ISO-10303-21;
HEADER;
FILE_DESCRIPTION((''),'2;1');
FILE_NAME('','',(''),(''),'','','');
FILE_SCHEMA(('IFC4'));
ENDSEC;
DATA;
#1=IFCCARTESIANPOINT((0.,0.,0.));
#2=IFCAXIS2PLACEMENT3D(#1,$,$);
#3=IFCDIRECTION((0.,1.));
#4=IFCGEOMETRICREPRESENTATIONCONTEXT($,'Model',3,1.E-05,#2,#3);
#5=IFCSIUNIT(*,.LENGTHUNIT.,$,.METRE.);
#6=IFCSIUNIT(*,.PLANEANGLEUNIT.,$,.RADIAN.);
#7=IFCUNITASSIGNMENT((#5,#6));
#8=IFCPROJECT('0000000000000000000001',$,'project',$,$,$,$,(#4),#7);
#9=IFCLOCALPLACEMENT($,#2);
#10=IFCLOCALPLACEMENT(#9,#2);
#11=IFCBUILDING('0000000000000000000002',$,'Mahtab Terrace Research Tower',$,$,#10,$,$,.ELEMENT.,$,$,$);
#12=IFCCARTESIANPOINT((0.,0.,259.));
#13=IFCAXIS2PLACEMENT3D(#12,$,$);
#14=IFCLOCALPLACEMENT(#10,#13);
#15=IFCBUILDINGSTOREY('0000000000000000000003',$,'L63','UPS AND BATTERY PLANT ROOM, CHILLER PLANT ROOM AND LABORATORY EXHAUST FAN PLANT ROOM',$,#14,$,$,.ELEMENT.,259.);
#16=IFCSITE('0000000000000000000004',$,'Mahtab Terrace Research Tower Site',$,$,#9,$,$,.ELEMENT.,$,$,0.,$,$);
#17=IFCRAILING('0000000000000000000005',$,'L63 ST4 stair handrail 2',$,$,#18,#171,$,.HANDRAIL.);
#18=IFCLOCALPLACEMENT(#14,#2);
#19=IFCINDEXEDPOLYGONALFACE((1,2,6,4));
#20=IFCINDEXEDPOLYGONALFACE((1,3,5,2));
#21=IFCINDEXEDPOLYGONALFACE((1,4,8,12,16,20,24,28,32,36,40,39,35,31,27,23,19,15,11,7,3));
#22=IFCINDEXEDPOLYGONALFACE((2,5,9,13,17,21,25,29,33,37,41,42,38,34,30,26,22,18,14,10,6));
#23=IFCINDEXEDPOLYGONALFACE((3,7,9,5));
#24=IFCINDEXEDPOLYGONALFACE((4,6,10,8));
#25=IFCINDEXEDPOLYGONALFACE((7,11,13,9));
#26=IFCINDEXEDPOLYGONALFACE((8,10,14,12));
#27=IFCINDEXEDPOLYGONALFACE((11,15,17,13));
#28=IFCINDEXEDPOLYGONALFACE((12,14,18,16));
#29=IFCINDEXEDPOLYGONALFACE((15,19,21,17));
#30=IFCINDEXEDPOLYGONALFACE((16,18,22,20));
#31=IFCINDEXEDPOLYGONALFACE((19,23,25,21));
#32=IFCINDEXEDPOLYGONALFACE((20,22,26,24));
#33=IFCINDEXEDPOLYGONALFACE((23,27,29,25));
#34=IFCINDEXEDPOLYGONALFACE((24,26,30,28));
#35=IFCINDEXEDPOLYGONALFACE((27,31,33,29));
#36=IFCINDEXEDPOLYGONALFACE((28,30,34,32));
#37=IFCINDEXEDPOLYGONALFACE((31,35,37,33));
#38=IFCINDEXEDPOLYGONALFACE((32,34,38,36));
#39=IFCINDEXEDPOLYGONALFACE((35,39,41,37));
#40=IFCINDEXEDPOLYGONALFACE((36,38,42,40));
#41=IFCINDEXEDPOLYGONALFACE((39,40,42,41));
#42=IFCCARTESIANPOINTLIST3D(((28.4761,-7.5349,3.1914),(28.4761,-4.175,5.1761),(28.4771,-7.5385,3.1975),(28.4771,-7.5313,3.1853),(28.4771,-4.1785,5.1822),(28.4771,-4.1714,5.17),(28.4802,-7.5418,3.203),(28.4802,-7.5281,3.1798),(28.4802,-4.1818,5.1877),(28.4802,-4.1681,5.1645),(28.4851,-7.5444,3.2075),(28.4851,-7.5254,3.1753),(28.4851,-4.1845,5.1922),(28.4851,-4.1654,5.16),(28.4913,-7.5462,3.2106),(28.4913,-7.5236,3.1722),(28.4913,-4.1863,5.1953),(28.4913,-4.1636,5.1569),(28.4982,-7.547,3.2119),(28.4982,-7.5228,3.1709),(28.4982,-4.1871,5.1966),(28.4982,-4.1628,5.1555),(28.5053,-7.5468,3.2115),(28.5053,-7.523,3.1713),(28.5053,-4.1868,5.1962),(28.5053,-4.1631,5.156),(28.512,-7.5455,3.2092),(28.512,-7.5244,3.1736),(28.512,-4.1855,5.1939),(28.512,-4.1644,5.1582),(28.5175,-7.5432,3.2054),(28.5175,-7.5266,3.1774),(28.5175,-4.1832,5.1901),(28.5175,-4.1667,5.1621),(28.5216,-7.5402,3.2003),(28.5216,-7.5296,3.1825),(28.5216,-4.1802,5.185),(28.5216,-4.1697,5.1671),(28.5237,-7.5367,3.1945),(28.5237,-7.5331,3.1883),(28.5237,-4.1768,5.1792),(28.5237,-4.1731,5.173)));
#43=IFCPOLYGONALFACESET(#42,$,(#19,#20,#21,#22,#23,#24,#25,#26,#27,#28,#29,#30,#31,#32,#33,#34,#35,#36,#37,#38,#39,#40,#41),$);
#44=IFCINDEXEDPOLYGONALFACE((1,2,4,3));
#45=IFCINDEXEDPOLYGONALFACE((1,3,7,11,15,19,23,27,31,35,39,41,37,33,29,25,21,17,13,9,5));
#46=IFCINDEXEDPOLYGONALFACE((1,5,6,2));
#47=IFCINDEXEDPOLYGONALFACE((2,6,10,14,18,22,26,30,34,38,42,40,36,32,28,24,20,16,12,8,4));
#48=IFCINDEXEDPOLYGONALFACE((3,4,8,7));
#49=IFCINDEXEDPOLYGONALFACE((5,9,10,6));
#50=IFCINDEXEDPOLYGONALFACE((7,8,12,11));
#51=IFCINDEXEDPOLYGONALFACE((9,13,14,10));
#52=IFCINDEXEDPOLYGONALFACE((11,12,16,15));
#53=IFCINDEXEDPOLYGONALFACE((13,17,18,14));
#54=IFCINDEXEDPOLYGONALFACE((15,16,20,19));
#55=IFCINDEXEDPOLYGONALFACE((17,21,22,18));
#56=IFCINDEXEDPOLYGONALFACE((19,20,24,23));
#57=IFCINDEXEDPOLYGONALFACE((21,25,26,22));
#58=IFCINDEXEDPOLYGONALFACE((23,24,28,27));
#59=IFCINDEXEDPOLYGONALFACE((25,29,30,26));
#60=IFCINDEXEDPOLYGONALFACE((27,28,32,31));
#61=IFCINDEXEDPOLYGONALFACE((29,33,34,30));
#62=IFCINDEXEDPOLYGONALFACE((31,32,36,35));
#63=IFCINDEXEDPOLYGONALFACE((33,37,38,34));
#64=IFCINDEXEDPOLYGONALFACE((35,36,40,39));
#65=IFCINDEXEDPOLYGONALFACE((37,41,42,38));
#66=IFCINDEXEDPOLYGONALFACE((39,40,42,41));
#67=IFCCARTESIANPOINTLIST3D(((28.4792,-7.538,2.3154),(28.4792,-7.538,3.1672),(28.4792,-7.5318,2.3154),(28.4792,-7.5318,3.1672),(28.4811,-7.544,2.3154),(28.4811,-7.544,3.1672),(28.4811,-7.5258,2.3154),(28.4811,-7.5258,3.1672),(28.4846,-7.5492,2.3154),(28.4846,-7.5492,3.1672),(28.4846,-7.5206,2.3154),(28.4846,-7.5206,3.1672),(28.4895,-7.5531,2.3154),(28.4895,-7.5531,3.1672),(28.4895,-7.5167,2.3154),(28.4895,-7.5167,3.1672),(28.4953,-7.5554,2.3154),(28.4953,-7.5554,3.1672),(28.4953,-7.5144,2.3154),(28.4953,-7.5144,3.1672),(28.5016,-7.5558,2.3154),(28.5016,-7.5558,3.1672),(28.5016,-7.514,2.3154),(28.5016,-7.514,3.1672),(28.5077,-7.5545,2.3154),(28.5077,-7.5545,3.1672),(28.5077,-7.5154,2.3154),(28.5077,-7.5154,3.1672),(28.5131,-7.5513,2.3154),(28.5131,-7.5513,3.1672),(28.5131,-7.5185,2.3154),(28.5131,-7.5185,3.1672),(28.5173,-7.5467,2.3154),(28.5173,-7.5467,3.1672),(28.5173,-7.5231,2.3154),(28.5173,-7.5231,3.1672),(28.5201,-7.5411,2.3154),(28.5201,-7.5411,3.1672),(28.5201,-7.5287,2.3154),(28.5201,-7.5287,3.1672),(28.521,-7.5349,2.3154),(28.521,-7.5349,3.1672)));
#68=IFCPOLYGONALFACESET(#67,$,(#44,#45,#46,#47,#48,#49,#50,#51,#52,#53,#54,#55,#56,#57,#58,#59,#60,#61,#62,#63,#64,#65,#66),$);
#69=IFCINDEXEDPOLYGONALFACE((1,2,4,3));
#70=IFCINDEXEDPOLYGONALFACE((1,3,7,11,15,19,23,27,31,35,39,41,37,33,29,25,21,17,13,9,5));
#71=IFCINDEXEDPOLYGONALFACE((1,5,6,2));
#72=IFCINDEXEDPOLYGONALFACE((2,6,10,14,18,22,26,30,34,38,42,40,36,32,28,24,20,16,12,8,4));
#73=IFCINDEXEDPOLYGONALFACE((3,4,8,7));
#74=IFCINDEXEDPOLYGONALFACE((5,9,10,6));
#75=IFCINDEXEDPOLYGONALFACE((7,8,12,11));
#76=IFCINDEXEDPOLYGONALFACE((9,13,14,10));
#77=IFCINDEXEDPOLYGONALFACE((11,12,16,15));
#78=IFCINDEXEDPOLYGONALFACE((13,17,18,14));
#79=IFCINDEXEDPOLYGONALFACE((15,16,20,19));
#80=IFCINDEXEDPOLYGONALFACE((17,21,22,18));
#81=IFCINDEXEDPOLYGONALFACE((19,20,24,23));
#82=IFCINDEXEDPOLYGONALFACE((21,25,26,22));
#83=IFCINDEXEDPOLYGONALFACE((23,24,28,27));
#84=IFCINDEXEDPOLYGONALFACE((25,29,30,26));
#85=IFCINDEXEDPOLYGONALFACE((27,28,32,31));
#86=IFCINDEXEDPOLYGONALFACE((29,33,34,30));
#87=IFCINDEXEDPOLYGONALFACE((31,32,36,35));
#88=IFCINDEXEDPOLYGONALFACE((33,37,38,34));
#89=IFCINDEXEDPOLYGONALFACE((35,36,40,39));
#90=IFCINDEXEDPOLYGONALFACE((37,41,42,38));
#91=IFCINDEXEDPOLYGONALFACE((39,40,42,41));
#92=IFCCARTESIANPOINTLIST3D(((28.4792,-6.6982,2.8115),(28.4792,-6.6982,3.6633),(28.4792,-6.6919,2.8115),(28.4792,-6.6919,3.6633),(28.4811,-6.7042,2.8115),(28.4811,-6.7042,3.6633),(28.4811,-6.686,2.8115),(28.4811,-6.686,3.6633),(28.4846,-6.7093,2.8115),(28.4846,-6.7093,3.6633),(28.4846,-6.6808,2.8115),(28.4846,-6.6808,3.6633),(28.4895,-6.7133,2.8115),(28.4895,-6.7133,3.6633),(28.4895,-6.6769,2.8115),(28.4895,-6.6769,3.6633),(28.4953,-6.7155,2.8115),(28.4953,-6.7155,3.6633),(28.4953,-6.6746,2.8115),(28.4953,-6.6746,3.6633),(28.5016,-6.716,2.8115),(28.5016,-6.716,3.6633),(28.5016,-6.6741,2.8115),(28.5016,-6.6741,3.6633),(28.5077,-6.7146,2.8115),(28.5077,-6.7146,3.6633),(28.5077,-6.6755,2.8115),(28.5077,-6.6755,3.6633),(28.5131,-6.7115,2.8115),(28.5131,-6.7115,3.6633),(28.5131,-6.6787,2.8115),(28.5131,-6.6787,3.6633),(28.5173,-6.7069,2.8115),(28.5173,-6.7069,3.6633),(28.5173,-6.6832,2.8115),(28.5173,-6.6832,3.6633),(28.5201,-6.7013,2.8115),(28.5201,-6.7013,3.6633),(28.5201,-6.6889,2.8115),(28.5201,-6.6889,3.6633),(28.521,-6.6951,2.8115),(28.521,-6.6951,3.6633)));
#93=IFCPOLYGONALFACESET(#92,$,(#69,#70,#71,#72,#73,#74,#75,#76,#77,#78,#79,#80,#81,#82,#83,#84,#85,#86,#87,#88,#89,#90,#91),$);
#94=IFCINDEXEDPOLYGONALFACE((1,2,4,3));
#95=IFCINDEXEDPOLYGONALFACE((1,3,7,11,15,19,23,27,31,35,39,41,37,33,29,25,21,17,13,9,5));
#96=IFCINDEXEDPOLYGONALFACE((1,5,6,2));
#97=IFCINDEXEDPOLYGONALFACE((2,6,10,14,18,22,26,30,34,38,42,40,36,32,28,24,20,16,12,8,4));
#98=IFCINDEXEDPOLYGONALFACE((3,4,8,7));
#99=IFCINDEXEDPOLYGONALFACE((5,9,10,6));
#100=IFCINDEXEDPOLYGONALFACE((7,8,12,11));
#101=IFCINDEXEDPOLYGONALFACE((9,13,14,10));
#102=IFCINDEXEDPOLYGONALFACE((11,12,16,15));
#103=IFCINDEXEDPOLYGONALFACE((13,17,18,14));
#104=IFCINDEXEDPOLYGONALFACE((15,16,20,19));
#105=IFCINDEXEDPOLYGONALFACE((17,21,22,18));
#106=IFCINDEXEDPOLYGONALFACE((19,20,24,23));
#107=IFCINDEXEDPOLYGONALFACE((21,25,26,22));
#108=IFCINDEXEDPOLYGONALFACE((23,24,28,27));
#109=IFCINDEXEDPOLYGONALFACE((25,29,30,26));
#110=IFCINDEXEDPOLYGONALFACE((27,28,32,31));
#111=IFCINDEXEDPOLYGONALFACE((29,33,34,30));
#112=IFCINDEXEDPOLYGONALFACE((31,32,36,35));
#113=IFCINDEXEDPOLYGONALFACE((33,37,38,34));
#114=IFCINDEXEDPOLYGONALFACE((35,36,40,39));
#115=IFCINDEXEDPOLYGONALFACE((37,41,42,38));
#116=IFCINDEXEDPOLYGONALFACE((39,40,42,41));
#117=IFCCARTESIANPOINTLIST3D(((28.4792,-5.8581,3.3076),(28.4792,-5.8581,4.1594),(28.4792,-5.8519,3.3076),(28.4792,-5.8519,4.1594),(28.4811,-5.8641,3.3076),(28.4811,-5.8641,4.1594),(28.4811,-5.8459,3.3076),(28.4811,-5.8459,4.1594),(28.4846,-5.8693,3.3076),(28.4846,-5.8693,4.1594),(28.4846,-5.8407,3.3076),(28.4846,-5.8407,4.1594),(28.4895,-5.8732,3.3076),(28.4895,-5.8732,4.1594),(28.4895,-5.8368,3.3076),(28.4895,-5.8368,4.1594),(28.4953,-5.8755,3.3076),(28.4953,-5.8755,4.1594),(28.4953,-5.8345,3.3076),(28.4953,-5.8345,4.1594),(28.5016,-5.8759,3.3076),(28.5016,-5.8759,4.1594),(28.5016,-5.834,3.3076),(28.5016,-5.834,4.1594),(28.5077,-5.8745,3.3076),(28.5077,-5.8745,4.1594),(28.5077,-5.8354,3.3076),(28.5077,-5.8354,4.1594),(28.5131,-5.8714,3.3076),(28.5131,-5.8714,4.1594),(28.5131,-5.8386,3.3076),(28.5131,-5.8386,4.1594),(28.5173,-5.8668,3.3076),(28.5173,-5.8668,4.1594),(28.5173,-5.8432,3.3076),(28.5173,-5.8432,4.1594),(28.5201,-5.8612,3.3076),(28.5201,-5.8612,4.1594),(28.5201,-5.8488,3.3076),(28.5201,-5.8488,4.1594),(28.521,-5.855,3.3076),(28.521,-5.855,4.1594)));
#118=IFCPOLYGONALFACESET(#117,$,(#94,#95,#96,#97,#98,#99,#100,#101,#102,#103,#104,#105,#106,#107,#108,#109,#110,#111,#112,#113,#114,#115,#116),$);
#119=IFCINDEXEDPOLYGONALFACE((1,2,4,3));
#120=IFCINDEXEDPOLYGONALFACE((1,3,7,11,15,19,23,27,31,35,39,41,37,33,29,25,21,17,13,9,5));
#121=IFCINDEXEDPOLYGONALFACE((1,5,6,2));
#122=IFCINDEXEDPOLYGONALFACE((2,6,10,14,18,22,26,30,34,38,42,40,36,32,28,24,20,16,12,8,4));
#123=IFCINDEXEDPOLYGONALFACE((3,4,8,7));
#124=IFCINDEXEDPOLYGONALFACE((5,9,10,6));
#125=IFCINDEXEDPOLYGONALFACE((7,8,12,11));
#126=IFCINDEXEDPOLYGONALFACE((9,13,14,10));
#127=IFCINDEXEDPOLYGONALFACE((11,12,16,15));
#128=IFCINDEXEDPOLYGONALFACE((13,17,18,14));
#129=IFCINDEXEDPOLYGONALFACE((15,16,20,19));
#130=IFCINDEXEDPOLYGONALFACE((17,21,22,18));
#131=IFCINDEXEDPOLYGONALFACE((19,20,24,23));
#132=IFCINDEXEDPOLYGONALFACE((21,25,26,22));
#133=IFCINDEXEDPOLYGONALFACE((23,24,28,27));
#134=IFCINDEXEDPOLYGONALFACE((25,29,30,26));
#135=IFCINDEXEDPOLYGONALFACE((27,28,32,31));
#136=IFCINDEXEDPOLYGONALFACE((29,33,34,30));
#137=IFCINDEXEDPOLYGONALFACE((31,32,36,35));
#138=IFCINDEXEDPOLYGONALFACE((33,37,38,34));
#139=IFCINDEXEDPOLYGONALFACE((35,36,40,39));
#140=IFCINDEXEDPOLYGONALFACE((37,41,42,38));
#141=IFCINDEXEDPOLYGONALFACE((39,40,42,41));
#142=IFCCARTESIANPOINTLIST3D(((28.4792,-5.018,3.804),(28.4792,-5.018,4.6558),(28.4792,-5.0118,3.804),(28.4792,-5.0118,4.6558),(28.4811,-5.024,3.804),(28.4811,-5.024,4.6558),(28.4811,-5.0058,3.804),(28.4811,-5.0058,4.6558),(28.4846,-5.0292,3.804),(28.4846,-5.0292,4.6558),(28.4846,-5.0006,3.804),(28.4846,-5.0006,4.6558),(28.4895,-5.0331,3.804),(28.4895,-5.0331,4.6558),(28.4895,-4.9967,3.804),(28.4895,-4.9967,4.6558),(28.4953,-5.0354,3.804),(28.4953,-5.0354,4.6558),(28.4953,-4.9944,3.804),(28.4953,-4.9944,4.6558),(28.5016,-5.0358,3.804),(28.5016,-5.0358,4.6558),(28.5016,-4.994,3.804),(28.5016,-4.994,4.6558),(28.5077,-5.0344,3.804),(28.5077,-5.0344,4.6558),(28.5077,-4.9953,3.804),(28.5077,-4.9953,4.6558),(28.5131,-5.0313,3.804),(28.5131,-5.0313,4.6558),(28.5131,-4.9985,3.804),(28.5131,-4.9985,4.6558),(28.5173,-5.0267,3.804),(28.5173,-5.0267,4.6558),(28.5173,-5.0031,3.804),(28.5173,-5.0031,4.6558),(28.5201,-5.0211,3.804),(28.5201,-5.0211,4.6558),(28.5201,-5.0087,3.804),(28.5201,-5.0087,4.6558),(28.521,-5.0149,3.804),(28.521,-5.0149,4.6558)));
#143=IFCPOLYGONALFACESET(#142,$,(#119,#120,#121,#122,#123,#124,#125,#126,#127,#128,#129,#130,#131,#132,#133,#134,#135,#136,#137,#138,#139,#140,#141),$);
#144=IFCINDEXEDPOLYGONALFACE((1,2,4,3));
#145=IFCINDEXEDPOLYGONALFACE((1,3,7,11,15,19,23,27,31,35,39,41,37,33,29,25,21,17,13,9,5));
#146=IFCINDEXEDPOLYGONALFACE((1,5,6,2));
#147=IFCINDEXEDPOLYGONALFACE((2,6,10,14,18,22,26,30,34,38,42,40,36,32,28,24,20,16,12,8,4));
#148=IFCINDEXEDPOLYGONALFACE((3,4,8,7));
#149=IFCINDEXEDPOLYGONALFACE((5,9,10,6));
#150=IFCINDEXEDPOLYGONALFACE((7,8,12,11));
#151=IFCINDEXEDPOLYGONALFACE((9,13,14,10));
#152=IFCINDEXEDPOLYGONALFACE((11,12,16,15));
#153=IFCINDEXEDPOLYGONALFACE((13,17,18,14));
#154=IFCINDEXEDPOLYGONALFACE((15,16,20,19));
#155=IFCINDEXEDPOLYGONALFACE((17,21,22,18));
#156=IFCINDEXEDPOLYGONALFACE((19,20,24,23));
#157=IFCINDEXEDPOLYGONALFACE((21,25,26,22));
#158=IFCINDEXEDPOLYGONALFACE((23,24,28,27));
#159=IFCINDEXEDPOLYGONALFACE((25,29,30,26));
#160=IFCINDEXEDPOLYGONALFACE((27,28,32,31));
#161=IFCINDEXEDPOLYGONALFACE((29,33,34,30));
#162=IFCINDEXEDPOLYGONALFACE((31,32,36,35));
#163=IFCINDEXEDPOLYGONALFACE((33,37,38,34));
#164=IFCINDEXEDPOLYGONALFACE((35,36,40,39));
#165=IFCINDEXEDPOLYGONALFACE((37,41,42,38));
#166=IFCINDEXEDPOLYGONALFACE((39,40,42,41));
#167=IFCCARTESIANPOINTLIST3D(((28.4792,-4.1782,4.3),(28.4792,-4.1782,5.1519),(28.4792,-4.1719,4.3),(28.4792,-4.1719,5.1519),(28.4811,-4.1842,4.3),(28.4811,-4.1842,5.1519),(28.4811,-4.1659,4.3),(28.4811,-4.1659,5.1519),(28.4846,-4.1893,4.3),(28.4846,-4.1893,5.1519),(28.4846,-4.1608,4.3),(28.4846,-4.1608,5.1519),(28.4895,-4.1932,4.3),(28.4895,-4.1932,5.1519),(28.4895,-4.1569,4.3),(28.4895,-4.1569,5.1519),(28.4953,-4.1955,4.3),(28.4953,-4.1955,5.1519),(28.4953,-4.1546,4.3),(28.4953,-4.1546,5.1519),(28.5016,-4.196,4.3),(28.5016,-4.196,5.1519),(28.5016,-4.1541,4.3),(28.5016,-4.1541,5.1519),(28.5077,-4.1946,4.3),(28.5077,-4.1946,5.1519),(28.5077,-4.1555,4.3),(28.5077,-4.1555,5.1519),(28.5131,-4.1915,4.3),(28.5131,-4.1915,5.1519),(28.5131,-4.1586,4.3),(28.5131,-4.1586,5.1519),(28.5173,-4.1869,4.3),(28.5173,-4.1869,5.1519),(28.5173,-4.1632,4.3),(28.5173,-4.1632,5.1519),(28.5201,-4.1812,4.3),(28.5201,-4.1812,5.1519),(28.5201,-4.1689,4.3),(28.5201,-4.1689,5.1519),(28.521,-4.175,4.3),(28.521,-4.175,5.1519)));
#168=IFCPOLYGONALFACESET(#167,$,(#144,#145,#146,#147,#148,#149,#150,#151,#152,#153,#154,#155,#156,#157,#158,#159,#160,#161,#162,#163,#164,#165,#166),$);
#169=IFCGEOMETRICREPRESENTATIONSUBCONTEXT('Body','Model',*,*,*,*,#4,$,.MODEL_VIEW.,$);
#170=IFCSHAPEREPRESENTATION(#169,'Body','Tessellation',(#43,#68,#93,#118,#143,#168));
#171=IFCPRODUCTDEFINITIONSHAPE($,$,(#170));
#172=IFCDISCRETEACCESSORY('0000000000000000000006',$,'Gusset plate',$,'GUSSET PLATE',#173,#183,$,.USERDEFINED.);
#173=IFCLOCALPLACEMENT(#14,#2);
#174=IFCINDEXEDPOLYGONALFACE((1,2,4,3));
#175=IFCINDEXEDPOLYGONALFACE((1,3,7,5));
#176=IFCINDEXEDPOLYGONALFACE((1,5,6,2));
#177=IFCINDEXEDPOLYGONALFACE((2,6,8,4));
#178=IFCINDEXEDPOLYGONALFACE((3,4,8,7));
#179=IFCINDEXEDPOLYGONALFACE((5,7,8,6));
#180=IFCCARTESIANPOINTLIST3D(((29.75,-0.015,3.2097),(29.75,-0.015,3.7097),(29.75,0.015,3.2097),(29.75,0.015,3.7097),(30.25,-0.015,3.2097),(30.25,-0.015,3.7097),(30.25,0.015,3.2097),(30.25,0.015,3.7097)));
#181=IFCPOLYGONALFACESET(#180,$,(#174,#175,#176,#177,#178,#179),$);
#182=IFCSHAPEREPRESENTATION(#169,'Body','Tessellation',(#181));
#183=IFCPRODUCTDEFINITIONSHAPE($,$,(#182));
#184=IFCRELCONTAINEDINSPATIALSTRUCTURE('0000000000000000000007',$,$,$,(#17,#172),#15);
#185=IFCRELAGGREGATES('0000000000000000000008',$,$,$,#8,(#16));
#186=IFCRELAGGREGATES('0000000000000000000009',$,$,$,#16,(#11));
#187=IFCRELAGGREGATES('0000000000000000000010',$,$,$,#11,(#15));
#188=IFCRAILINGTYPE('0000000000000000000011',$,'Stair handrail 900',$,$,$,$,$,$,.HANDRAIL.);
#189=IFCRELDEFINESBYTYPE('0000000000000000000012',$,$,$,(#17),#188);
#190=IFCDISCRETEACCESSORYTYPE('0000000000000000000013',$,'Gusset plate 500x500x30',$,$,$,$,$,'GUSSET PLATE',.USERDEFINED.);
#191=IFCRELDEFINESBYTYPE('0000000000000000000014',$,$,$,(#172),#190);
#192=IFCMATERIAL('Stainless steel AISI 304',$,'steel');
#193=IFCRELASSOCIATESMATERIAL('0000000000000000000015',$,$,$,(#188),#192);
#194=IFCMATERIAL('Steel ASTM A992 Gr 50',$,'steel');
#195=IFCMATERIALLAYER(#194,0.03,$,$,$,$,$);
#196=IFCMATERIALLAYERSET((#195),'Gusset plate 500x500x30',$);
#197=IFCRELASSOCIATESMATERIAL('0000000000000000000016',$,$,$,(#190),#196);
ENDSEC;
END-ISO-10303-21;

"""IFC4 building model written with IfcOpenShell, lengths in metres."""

from ifc_helpers import new_model, si_unit, direction, frame, origin, origin_2d, place, context, subcontext, project, spatial, rectangle, circle, extrude, material, layer, layer_set, type_object, element, save


model = new_model("IFC4")

# Units and contexts
model_context = context("Model", 3, precision=1e-05, world=origin(), true_north=direction((0.0, 1.0)))
body_context = subcontext(model_context, "Body", "Model", "MODEL_VIEW")
ifc_project = project(units=[si_unit("LENGTHUNIT", "METRE"), si_unit("PLANEANGLEUNIT", "RADIAN")], contexts=[model_context])

# Site, building, storey
site_placement = place(None, origin())
site = spatial("IfcSite", under=ifc_project, at=site_placement, Name="Mahtab Terrace Research Tower Site", CompositionType="ELEMENT", RefElevation=0.0)
building_placement = place(site_placement, origin())
building = spatial("IfcBuilding", under=site, at=building_placement, Name="Mahtab Terrace Research Tower", CompositionType="ELEMENT")
storey_placement = place(building_placement, frame((0.0, 0.0, 259.0)))
storey = spatial("IfcBuildingStorey", under=building, at=storey_placement, Name="L63", Description="UPS AND BATTERY PLANT ROOM, CHILLER PLANT ROOM AND LABORATORY EXHAUST FAN PLANT ROOM", CompositionType="ELEMENT", Elevation=259.0)

# Shared definitions
ifc_material_1 = material(Name="Steel ASTM A992 Gr 50", Category="steel")

# Railing
ifc_material_2 = material(Name="Stainless steel AISI 304", Category="steel")
railing_type_1 = type_object("IfcRailingType", Name="Stair handrail 900", PredefinedType="HANDRAIL", material=ifc_material_2)
railing_1_placement = place(storey_placement, frame((28.5, -7.5349, 2.3154)))
element("IfcRailing", 1, at=railing_1_placement, inside=storey, type_object=railing_type_1, Name="L63 ST4 stair handrail 2", PredefinedType="HANDRAIL", context=body_context, shape_type="SweptSolid", body=[
    extrude(circle(Radius=0.0239, at=origin_2d()), frame((0.0, 0.0, 0.876), z_axis=(0.0, 0.861011, 0.508586), x_axis=(-1.0, 0.0, 0.0)), (0.0, 0.0, 1.0), 3.9023),
    extrude(circle(Radius=0.021, at=origin_2d()), origin(), (0.0, 0.0, 1.0), 0.8518),
    extrude(circle(Radius=0.021, at=origin_2d()), frame((0.0, 0.8398, 0.4961)), (0.0, 0.0, 1.0), 0.8518),
    extrude(circle(Radius=0.021, at=origin_2d()), frame((0.0, 1.6799, 0.9922)), (0.0, 0.0, 1.0), 0.8518),
    extrude(circle(Radius=0.021, at=origin_2d()), frame((0.0, 2.52, 1.4885)), (0.0, 0.0, 1.0), 0.8518),
    extrude(circle(Radius=0.021, at=origin_2d()), frame((0.0, 3.3599, 1.9846)), (0.0, 0.0, 1.0), 0.8518),
])

# Discrete accessory
ifc_layer_1 = layer(ifc_material_1, 0.03)
ifc_layer_set_1 = layer_set([ifc_layer_1], Name="Gusset plate 500x500x30")
discrete_accessory_type = type_object("IfcDiscreteAccessoryType", Name="Gusset plate 500x500x30", ElementType="GUSSET PLATE", PredefinedType="USERDEFINED", material=ifc_layer_set_1)
discrete_accessory_placement = place(storey_placement, frame((30.0, 0.0, 3.2097), z_axis=(0.0, 0.0, 1.0), x_axis=(1.0, 0.0, 0.0)))
element("IfcDiscreteAccessory", 2, at=discrete_accessory_placement, inside=storey, type_object=discrete_accessory_type, Name="Gusset plate", ObjectType="GUSSET PLATE", PredefinedType="USERDEFINED", context=body_context, shape_type="SweptSolid", body=[
    extrude(rectangle(XDim=0.5, YDim=0.03, at=origin_2d()), origin(), (0.0, 0.0, 1.0), 0.5),
])

save(model, "model.ifc")
